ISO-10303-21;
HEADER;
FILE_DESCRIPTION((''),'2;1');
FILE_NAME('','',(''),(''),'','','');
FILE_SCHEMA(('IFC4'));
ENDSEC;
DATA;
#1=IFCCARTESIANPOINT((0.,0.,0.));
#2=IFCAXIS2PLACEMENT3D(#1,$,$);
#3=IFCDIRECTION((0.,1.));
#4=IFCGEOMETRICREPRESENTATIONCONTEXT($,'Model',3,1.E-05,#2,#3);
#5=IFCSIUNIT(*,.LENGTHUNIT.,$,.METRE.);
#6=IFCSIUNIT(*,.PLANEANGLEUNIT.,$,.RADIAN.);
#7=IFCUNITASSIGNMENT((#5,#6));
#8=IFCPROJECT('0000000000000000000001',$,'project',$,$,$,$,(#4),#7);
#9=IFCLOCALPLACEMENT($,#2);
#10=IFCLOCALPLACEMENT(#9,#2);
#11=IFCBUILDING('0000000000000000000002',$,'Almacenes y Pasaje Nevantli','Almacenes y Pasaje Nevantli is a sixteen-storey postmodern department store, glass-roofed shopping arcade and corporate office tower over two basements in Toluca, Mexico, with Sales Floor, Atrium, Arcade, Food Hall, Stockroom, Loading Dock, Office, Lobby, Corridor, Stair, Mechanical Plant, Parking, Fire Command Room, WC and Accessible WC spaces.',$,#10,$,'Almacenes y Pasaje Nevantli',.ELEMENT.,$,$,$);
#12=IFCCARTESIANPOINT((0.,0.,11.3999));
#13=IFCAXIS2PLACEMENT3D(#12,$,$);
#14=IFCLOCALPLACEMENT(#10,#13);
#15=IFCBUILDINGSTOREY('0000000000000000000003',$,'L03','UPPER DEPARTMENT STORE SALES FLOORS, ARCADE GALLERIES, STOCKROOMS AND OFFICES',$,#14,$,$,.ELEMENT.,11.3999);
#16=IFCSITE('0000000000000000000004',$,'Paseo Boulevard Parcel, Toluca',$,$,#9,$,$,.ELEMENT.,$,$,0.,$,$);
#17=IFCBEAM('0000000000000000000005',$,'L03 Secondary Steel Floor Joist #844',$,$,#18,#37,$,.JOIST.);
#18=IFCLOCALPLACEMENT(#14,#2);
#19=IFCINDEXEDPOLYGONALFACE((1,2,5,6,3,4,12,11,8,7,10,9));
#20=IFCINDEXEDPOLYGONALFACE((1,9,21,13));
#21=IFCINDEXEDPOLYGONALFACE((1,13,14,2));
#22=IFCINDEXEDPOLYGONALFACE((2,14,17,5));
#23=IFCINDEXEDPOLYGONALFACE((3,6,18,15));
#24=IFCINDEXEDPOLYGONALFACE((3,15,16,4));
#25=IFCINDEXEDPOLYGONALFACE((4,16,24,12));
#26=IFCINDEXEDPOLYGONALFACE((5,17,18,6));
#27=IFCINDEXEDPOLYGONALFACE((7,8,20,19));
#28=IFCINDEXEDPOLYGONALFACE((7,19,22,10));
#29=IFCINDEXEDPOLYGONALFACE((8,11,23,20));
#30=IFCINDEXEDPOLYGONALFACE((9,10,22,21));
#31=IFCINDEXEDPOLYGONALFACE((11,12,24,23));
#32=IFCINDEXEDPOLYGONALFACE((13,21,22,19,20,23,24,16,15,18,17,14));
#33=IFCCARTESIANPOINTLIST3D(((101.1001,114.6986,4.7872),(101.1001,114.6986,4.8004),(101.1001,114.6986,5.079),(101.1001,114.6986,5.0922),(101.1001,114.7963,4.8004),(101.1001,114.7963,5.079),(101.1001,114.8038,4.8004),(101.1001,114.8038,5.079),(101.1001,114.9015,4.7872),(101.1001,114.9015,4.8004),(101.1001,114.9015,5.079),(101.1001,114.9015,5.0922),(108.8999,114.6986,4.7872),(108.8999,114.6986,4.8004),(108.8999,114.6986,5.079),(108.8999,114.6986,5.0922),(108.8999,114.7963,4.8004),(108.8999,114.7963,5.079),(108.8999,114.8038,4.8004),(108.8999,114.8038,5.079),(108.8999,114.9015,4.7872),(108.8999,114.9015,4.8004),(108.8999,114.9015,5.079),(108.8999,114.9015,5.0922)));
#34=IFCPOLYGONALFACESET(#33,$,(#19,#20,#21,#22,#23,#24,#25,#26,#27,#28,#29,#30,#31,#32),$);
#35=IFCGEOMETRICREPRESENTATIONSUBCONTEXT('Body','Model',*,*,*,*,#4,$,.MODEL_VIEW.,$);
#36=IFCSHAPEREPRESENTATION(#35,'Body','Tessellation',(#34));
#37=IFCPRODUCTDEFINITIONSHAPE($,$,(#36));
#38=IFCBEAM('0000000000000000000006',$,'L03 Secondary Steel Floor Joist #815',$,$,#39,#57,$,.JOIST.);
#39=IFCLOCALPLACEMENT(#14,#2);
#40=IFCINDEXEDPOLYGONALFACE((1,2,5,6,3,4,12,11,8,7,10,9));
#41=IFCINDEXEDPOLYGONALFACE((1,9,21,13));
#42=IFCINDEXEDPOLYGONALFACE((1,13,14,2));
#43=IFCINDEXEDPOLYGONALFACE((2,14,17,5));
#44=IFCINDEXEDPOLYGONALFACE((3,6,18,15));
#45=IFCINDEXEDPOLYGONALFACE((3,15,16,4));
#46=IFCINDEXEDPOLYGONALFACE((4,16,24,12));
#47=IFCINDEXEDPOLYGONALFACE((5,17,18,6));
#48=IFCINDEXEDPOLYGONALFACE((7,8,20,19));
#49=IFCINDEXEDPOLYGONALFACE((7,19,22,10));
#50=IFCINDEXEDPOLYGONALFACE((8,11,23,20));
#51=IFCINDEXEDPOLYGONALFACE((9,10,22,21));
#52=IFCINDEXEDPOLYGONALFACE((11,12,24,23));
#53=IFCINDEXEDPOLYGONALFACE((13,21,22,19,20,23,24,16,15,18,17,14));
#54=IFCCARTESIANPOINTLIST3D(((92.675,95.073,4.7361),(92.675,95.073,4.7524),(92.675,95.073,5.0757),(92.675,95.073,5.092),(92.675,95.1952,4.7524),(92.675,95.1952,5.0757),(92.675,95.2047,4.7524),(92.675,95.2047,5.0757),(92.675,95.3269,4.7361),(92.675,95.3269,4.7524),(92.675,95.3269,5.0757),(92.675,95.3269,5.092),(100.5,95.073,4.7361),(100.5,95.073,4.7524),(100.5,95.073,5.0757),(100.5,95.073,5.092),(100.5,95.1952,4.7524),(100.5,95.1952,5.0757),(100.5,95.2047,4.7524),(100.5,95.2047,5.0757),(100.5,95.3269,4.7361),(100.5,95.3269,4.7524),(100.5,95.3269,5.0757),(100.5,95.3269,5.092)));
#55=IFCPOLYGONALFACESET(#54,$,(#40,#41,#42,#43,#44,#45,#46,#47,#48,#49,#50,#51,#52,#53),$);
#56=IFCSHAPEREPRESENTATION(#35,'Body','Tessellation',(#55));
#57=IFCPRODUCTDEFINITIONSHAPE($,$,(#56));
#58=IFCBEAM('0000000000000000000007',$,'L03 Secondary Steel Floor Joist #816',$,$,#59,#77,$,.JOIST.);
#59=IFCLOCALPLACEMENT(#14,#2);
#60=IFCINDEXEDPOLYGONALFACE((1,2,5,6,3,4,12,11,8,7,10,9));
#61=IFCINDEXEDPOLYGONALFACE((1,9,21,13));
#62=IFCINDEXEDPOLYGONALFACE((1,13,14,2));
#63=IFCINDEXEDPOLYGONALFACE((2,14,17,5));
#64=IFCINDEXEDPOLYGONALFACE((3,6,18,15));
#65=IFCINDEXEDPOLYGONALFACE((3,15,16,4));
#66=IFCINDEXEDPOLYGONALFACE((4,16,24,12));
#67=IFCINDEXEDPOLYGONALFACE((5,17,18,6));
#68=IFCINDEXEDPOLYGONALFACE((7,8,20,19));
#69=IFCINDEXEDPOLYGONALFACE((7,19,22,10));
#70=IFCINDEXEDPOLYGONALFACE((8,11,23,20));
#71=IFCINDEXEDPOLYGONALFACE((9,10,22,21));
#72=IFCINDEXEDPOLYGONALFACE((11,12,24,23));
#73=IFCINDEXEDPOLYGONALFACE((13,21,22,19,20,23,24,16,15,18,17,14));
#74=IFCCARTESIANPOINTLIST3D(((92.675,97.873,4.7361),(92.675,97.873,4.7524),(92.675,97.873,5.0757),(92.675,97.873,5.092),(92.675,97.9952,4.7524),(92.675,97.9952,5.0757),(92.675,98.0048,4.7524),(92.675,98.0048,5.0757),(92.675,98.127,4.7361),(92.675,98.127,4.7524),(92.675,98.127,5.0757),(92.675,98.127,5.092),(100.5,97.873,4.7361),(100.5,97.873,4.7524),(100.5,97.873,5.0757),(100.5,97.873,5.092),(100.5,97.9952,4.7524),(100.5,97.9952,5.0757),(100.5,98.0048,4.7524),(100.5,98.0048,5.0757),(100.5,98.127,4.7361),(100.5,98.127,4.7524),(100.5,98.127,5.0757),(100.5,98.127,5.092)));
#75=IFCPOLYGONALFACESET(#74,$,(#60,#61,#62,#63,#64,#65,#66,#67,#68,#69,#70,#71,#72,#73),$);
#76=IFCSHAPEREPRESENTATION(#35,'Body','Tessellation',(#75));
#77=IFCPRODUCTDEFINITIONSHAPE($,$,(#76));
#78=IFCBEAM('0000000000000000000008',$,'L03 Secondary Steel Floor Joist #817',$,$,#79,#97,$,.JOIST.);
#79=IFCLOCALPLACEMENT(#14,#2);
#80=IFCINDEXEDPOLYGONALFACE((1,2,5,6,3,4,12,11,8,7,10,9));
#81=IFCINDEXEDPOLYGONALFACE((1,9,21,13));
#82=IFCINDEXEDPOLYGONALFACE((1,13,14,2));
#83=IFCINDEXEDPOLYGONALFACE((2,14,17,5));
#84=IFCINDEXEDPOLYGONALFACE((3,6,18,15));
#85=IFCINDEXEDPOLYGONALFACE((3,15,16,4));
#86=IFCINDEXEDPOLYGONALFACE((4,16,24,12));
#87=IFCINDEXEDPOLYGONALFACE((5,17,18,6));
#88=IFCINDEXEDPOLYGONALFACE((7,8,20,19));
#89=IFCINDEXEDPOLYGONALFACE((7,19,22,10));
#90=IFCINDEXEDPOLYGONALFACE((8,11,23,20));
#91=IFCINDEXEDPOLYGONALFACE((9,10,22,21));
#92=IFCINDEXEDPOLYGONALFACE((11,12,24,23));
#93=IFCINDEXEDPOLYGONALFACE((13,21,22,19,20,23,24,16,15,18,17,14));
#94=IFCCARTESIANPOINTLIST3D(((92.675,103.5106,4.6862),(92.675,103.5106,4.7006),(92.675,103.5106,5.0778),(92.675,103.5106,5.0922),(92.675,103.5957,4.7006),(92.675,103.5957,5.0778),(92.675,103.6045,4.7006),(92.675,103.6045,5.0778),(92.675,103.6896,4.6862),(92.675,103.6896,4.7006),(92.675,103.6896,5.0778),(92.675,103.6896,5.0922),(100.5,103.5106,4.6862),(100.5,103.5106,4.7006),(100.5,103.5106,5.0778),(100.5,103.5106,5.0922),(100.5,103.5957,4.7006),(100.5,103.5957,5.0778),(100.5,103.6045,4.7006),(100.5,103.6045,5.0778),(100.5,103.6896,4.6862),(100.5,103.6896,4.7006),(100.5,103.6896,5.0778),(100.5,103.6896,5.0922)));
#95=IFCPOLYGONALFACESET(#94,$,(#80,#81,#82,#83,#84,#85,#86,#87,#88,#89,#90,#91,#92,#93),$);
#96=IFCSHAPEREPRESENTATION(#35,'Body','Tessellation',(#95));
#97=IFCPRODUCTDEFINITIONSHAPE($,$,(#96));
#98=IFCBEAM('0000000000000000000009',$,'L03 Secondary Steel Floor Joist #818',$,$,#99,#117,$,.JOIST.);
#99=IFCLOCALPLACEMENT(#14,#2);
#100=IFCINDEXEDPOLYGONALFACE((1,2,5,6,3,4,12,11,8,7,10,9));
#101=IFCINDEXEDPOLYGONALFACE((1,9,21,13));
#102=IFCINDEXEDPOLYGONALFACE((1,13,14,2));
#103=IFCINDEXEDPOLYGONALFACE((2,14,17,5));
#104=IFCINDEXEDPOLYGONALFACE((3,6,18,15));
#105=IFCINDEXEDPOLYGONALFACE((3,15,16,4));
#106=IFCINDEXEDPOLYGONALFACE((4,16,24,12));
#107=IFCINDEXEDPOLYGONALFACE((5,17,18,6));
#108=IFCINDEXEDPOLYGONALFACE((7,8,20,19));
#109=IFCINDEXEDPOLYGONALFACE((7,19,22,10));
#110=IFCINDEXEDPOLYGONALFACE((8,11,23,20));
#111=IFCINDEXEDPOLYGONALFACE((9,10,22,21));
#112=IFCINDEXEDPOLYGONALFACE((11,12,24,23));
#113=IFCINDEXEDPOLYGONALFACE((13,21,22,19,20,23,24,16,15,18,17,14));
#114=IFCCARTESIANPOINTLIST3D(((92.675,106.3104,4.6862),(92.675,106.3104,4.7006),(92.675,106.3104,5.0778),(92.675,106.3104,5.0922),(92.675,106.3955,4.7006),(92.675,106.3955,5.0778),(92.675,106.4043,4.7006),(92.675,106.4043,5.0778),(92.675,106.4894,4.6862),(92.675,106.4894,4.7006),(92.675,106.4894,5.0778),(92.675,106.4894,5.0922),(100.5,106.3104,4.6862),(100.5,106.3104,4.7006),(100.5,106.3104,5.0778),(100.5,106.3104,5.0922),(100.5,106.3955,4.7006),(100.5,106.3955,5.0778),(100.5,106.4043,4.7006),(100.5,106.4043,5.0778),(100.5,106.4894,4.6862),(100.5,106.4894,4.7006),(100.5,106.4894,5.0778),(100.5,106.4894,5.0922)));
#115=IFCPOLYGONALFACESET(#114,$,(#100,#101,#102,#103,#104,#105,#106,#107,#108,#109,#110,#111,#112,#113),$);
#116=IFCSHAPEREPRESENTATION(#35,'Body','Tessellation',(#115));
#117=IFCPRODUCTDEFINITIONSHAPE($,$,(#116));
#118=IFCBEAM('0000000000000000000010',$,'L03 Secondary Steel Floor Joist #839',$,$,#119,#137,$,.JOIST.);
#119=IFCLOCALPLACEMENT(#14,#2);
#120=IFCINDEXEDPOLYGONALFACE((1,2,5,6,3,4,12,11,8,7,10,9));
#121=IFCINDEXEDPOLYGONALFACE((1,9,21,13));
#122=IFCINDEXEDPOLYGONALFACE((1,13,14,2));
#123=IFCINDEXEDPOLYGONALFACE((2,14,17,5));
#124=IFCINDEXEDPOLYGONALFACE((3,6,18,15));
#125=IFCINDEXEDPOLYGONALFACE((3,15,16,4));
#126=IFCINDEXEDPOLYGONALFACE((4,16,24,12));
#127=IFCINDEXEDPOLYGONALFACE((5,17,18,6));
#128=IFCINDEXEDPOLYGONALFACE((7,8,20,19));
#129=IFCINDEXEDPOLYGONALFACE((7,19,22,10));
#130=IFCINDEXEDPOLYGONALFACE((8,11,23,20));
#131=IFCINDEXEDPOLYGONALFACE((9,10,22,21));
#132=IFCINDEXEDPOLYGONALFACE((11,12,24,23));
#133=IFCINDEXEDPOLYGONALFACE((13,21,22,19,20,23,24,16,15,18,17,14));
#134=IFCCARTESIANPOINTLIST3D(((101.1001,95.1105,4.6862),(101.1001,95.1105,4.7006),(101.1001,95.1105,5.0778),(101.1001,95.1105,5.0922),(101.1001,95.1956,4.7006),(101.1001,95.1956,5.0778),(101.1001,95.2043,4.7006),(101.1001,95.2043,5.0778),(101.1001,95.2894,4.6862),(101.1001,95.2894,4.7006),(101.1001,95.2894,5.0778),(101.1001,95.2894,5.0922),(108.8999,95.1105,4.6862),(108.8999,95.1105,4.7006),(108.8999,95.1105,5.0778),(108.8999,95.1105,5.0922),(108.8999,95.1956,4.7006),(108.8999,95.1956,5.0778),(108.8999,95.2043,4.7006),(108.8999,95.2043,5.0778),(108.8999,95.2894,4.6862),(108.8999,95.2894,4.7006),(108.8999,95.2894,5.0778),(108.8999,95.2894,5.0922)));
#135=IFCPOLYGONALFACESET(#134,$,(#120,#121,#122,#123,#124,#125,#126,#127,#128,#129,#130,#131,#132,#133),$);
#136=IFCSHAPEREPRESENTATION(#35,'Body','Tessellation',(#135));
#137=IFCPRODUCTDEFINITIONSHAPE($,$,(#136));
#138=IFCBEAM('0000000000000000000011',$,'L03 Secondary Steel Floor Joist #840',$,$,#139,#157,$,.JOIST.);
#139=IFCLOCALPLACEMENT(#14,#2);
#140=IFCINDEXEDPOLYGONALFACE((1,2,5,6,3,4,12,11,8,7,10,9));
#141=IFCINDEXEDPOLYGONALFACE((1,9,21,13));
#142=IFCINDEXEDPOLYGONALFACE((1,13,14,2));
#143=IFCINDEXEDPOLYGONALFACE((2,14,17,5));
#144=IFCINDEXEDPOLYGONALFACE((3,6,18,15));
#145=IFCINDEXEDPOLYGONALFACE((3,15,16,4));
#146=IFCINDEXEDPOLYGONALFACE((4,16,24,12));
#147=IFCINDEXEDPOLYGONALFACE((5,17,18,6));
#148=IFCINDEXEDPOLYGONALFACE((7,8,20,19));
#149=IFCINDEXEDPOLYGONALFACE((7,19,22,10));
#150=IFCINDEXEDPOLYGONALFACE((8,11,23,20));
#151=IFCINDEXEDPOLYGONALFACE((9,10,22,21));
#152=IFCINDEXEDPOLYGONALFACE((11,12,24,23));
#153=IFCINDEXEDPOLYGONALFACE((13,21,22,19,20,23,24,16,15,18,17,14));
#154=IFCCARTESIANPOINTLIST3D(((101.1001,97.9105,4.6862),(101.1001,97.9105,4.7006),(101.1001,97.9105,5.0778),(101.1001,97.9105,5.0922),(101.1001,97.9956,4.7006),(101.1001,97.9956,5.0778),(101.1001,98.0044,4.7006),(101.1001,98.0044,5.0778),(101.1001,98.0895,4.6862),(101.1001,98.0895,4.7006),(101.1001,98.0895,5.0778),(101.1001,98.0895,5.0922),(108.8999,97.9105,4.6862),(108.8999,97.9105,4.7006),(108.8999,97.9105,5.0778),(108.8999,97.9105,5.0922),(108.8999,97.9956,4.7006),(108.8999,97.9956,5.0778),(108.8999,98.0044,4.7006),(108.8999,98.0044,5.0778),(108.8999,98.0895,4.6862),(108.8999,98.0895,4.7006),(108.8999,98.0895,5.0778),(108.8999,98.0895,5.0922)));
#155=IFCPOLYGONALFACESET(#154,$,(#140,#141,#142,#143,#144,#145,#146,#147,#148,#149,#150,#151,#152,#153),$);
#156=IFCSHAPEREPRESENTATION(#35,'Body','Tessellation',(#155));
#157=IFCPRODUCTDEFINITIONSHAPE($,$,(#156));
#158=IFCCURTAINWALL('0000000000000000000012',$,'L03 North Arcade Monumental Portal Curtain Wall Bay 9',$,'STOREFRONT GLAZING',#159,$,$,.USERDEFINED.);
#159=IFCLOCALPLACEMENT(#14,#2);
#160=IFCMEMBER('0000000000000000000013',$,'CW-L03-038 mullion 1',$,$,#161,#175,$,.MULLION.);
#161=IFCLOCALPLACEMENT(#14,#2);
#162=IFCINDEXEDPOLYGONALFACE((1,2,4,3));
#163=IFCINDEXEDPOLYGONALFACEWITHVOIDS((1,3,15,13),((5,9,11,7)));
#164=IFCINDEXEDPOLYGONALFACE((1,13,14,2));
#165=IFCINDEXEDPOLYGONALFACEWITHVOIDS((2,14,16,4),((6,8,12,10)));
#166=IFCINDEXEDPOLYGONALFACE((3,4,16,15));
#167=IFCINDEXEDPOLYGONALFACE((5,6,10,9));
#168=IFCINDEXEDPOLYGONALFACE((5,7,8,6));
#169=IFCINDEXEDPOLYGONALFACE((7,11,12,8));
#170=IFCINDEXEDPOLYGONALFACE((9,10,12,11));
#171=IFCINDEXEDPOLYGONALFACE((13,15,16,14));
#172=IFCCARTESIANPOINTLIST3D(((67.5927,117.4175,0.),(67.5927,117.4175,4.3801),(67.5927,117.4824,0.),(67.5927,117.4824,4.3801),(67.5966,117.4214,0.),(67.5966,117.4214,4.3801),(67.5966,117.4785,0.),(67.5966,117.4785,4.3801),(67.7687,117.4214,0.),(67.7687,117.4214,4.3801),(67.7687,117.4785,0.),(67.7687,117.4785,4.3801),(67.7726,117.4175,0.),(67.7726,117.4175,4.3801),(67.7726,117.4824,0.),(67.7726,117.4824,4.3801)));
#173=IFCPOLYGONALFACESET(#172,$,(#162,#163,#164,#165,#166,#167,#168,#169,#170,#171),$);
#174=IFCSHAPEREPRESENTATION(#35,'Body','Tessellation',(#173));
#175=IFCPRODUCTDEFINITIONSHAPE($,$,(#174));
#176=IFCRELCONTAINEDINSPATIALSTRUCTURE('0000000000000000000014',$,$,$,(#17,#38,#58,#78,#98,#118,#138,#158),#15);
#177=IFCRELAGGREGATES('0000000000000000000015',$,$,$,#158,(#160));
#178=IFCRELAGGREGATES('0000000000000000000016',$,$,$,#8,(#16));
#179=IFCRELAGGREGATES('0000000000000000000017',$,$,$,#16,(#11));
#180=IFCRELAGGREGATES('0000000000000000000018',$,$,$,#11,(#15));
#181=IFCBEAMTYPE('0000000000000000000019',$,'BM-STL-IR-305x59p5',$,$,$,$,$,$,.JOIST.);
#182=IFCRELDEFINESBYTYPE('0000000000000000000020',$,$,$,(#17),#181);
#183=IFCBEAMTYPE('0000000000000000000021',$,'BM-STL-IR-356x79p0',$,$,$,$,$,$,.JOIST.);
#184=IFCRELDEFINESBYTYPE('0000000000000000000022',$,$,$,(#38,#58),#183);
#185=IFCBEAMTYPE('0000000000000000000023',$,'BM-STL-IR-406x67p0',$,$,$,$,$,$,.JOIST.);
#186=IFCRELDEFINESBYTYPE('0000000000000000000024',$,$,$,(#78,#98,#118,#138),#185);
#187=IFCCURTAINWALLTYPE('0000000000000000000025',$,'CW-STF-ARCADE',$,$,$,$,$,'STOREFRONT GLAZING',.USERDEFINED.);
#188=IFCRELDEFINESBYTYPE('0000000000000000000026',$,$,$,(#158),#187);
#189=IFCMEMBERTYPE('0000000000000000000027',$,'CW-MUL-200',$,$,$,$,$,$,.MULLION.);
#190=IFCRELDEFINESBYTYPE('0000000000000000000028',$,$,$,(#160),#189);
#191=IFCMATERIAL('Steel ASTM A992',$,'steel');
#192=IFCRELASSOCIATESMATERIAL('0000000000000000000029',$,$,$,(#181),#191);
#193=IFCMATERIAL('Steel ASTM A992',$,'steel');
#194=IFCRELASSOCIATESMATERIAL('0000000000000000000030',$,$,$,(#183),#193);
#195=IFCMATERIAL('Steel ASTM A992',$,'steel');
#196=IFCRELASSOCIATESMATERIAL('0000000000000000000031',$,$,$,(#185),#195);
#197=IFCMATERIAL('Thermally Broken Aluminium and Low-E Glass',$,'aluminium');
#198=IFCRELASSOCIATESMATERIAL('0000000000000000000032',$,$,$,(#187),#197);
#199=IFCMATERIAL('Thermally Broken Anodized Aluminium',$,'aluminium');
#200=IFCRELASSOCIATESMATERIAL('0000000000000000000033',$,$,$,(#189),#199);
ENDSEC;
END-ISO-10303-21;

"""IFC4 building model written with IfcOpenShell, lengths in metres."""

from ifc_helpers import new_model, si_unit, direction, frame, origin, origin_2d, place, context, subcontext, project, spatial, hollow_rectangle, i_section, extrude, material, material_profile, profile_set, type_object, element, aggregate, save


model = new_model("IFC4")

# Units and contexts
model_context = context("Model", 3, precision=1e-05, world=origin(), true_north=direction((0.0, 1.0)))
body_context = subcontext(model_context, "Body", "Model", "MODEL_VIEW")
ifc_project = project(units=[si_unit("LENGTHUNIT", "METRE"), si_unit("PLANEANGLEUNIT", "RADIAN")], contexts=[model_context])

# Site, building, storey
site_placement = place(None, origin())
site = spatial("IfcSite", under=ifc_project, at=site_placement, Name="Paseo Boulevard Parcel, Toluca", CompositionType="ELEMENT", RefElevation=0.0)
building_placement = place(site_placement, origin())
building = spatial("IfcBuilding", under=site, at=building_placement, Name="Almacenes y Pasaje Nevantli", Description="Almacenes y Pasaje Nevantli is a sixteen-storey postmodern department store, glass-roofed shopping arcade and corporate office tower over two basements in Toluca, Mexico, with Sales Floor, Atrium, Arcade, Food Hall, Stockroom, Loading Dock, Office, Lobby, Corridor, Stair, Mechanical Plant, Parking, Fire Command Room, WC and Accessible WC spaces.", LongName="Almacenes y Pasaje Nevantli", CompositionType="ELEMENT")
storey_placement = place(building_placement, frame((0.0, 0.0, 11.3999)))
storey = spatial("IfcBuildingStorey", under=building, at=storey_placement, Name="L03", Description="UPPER DEPARTMENT STORE SALES FLOORS, ARCADE GALLERIES, STOCKROOMS AND OFFICES", CompositionType="ELEMENT", Elevation=11.3999)

# Beams
ifc_material_1 = material(Name="Steel ASTM A992", Category="steel")
ifc_material_profile_1 = material_profile(ifc_material_1, i_section(OverallWidth=0.2029, OverallDepth=0.3049, WebThickness=0.0076, FlangeThickness=0.0132, at=origin_2d()), Name="IR 305x59.5")
ifc_profile_set_1 = profile_set([ifc_material_profile_1], Name="Steel ASTM A992")
beam_type_1 = type_object("IfcBeamType", Name="BM-STL-IR-305x59p5", PredefinedType="JOIST", material=ifc_profile_set_1)
for number, where, z_axis, x_axis, name in (
    (1, (101.1001, 114.8, 4.9397), (1.0, 0.0, 0.0), (0.0, 1.0, 0.0), "L03 Secondary Steel Floor Joist #844"),
):
    element("IfcBeam", number, at=place(storey_placement, frame(where, z_axis=z_axis, x_axis=x_axis)), inside=storey, type_object=beam_type_1, Name=name, PredefinedType="JOIST", context=body_context, shape_type="SweptSolid", body=[
        extrude(i_section(OverallWidth=0.2029, OverallDepth=0.3049, WebThickness=0.0076, FlangeThickness=0.0132, at=origin_2d()), origin(), (0.0, 0.0, 1.0), 7.7998),
    ])
ifc_material_2 = material(Name="Steel ASTM A992", Category="steel")
ifc_material_profile_2 = material_profile(ifc_material_2, i_section(OverallWidth=0.2539, OverallDepth=0.356, WebThickness=0.0095, FlangeThickness=0.0164, at=origin_2d()), Name="IR 356x79.0")
ifc_profile_set_2 = profile_set([ifc_material_profile_2], Name="Steel ASTM A992")
beam_type_2 = type_object("IfcBeamType", Name="BM-STL-IR-356x79p0", PredefinedType="JOIST", material=ifc_profile_set_2)
for number, where, z_axis, x_axis, name in (
    (2, (92.675, 95.2, 4.9141), (1.0, 0.0, 0.0), (0.0, 1.0, 0.0), "L03 Secondary Steel Floor Joist #815"),
    (3, (92.675, 98.0, 4.9141), (1.0, 0.0, 0.0), (0.0, 1.0, 0.0), "L03 Secondary Steel Floor Joist #816"),
):
    element("IfcBeam", number, at=place(storey_placement, frame(where, z_axis=z_axis, x_axis=x_axis)), inside=storey, type_object=beam_type_2, Name=name, PredefinedType="JOIST", context=body_context, shape_type="SweptSolid", body=[
        extrude(i_section(OverallWidth=0.2539, OverallDepth=0.356, WebThickness=0.0095, FlangeThickness=0.0164, at=origin_2d()), origin(), (0.0, 0.0, 1.0), 7.825),
    ])
ifc_material_3 = material(Name="Steel ASTM A992", Category="steel")
ifc_material_profile_3 = material_profile(ifc_material_3, i_section(OverallWidth=0.179, OverallDepth=0.406, WebThickness=0.0088, FlangeThickness=0.0144, at=origin_2d()), Name="IR 406x67.0")
ifc_profile_set_3 = profile_set([ifc_material_profile_3], Name="Steel ASTM A992")
beam_type_3 = type_object("IfcBeamType", Name="BM-STL-IR-406x67p0", PredefinedType="JOIST", material=ifc_profile_set_3)
for number, where, z_axis, x_axis, name in (
    (4, (92.675, 103.6001, 4.8892), (1.0, 0.0, 0.0), (0.0, 1.0, 0.0), "L03 Secondary Steel Floor Joist #817"),
    (5, (92.675, 106.3999, 4.8892), (1.0, 0.0, 0.0), (0.0, 1.0, 0.0), "L03 Secondary Steel Floor Joist #818"),
):
    element("IfcBeam", number, at=place(storey_placement, frame(where, z_axis=z_axis, x_axis=x_axis)), inside=storey, type_object=beam_type_3, Name=name, PredefinedType="JOIST", context=body_context, shape_type="SweptSolid", body=[
        extrude(i_section(OverallWidth=0.179, OverallDepth=0.406, WebThickness=0.0088, FlangeThickness=0.0144, at=origin_2d()), origin(), (0.0, 0.0, 1.0), 7.825),
    ])
for number, where, z_axis, x_axis, name in (
    (6, (101.1001, 95.2, 4.8892), (1.0, 0.0, 0.0), (0.0, 1.0, 0.0), "L03 Secondary Steel Floor Joist #839"),
    (7, (101.1001, 98.0, 4.8892), (1.0, 0.0, 0.0), (0.0, 1.0, 0.0), "L03 Secondary Steel Floor Joist #840"),
):
    element("IfcBeam", number, at=place(storey_placement, frame(where, z_axis=z_axis, x_axis=x_axis)), inside=storey, type_object=beam_type_3, Name=name, PredefinedType="JOIST", context=body_context, shape_type="SweptSolid", body=[
        extrude(i_section(OverallWidth=0.179, OverallDepth=0.406, WebThickness=0.0088, FlangeThickness=0.0144, at=origin_2d()), origin(), (0.0, 0.0, 1.0), 7.7998),
    ])

# Curtain wall, member
ifc_material_4 = material(Name="Thermally Broken Aluminium and Low-E Glass", Category="aluminium")
curtain_wall_type = type_object("IfcCurtainWallType", Name="CW-STF-ARCADE", ElementType="STOREFRONT GLAZING", PredefinedType="USERDEFINED", material=ifc_material_4)
curtain_wall_placement = place(storey_placement, origin())
curtain_wall = element("IfcCurtainWall", 8, at=curtain_wall_placement, inside=storey, type_object=curtain_wall_type, Name="L03 North Arcade Monumental Portal Curtain Wall Bay 9", ObjectType="STOREFRONT GLAZING", PredefinedType="USERDEFINED")
ifc_material_5 = material(Name="Thermally Broken Anodized Aluminium", Category="aluminium")
ifc_material_profile_4 = material_profile(ifc_material_5, hollow_rectangle(XDim=0.0649, YDim=0.1799, WallThickness=0.0039, at=origin_2d()), Name="ALU-MUL-65x180")
ifc_profile_set_4 = profile_set([ifc_material_profile_4], Name="Thermally Broken Anodized Aluminium")
member_type = type_object("IfcMemberType", Name="CW-MUL-200", PredefinedType="MULLION", material=ifc_profile_set_4)
member_placement = place(storey_placement, frame((67.6826, 117.45, 0.0), z_axis=(0.0, 0.0, 1.0), x_axis=(0.0, 1.0, 0.0)))
member = element("IfcMember", 9, at=member_placement, type_object=member_type, Name="CW-L03-038 mullion 1", PredefinedType="MULLION", context=body_context, shape_type="SweptSolid", body=[
    extrude(hollow_rectangle(XDim=0.0649, YDim=0.1799, WallThickness=0.0039, at=origin_2d()), origin(), (0.0, 0.0, 1.0), 4.3801),
])
aggregate(curtain_wall, [member])

save(model, "model.ifc")
